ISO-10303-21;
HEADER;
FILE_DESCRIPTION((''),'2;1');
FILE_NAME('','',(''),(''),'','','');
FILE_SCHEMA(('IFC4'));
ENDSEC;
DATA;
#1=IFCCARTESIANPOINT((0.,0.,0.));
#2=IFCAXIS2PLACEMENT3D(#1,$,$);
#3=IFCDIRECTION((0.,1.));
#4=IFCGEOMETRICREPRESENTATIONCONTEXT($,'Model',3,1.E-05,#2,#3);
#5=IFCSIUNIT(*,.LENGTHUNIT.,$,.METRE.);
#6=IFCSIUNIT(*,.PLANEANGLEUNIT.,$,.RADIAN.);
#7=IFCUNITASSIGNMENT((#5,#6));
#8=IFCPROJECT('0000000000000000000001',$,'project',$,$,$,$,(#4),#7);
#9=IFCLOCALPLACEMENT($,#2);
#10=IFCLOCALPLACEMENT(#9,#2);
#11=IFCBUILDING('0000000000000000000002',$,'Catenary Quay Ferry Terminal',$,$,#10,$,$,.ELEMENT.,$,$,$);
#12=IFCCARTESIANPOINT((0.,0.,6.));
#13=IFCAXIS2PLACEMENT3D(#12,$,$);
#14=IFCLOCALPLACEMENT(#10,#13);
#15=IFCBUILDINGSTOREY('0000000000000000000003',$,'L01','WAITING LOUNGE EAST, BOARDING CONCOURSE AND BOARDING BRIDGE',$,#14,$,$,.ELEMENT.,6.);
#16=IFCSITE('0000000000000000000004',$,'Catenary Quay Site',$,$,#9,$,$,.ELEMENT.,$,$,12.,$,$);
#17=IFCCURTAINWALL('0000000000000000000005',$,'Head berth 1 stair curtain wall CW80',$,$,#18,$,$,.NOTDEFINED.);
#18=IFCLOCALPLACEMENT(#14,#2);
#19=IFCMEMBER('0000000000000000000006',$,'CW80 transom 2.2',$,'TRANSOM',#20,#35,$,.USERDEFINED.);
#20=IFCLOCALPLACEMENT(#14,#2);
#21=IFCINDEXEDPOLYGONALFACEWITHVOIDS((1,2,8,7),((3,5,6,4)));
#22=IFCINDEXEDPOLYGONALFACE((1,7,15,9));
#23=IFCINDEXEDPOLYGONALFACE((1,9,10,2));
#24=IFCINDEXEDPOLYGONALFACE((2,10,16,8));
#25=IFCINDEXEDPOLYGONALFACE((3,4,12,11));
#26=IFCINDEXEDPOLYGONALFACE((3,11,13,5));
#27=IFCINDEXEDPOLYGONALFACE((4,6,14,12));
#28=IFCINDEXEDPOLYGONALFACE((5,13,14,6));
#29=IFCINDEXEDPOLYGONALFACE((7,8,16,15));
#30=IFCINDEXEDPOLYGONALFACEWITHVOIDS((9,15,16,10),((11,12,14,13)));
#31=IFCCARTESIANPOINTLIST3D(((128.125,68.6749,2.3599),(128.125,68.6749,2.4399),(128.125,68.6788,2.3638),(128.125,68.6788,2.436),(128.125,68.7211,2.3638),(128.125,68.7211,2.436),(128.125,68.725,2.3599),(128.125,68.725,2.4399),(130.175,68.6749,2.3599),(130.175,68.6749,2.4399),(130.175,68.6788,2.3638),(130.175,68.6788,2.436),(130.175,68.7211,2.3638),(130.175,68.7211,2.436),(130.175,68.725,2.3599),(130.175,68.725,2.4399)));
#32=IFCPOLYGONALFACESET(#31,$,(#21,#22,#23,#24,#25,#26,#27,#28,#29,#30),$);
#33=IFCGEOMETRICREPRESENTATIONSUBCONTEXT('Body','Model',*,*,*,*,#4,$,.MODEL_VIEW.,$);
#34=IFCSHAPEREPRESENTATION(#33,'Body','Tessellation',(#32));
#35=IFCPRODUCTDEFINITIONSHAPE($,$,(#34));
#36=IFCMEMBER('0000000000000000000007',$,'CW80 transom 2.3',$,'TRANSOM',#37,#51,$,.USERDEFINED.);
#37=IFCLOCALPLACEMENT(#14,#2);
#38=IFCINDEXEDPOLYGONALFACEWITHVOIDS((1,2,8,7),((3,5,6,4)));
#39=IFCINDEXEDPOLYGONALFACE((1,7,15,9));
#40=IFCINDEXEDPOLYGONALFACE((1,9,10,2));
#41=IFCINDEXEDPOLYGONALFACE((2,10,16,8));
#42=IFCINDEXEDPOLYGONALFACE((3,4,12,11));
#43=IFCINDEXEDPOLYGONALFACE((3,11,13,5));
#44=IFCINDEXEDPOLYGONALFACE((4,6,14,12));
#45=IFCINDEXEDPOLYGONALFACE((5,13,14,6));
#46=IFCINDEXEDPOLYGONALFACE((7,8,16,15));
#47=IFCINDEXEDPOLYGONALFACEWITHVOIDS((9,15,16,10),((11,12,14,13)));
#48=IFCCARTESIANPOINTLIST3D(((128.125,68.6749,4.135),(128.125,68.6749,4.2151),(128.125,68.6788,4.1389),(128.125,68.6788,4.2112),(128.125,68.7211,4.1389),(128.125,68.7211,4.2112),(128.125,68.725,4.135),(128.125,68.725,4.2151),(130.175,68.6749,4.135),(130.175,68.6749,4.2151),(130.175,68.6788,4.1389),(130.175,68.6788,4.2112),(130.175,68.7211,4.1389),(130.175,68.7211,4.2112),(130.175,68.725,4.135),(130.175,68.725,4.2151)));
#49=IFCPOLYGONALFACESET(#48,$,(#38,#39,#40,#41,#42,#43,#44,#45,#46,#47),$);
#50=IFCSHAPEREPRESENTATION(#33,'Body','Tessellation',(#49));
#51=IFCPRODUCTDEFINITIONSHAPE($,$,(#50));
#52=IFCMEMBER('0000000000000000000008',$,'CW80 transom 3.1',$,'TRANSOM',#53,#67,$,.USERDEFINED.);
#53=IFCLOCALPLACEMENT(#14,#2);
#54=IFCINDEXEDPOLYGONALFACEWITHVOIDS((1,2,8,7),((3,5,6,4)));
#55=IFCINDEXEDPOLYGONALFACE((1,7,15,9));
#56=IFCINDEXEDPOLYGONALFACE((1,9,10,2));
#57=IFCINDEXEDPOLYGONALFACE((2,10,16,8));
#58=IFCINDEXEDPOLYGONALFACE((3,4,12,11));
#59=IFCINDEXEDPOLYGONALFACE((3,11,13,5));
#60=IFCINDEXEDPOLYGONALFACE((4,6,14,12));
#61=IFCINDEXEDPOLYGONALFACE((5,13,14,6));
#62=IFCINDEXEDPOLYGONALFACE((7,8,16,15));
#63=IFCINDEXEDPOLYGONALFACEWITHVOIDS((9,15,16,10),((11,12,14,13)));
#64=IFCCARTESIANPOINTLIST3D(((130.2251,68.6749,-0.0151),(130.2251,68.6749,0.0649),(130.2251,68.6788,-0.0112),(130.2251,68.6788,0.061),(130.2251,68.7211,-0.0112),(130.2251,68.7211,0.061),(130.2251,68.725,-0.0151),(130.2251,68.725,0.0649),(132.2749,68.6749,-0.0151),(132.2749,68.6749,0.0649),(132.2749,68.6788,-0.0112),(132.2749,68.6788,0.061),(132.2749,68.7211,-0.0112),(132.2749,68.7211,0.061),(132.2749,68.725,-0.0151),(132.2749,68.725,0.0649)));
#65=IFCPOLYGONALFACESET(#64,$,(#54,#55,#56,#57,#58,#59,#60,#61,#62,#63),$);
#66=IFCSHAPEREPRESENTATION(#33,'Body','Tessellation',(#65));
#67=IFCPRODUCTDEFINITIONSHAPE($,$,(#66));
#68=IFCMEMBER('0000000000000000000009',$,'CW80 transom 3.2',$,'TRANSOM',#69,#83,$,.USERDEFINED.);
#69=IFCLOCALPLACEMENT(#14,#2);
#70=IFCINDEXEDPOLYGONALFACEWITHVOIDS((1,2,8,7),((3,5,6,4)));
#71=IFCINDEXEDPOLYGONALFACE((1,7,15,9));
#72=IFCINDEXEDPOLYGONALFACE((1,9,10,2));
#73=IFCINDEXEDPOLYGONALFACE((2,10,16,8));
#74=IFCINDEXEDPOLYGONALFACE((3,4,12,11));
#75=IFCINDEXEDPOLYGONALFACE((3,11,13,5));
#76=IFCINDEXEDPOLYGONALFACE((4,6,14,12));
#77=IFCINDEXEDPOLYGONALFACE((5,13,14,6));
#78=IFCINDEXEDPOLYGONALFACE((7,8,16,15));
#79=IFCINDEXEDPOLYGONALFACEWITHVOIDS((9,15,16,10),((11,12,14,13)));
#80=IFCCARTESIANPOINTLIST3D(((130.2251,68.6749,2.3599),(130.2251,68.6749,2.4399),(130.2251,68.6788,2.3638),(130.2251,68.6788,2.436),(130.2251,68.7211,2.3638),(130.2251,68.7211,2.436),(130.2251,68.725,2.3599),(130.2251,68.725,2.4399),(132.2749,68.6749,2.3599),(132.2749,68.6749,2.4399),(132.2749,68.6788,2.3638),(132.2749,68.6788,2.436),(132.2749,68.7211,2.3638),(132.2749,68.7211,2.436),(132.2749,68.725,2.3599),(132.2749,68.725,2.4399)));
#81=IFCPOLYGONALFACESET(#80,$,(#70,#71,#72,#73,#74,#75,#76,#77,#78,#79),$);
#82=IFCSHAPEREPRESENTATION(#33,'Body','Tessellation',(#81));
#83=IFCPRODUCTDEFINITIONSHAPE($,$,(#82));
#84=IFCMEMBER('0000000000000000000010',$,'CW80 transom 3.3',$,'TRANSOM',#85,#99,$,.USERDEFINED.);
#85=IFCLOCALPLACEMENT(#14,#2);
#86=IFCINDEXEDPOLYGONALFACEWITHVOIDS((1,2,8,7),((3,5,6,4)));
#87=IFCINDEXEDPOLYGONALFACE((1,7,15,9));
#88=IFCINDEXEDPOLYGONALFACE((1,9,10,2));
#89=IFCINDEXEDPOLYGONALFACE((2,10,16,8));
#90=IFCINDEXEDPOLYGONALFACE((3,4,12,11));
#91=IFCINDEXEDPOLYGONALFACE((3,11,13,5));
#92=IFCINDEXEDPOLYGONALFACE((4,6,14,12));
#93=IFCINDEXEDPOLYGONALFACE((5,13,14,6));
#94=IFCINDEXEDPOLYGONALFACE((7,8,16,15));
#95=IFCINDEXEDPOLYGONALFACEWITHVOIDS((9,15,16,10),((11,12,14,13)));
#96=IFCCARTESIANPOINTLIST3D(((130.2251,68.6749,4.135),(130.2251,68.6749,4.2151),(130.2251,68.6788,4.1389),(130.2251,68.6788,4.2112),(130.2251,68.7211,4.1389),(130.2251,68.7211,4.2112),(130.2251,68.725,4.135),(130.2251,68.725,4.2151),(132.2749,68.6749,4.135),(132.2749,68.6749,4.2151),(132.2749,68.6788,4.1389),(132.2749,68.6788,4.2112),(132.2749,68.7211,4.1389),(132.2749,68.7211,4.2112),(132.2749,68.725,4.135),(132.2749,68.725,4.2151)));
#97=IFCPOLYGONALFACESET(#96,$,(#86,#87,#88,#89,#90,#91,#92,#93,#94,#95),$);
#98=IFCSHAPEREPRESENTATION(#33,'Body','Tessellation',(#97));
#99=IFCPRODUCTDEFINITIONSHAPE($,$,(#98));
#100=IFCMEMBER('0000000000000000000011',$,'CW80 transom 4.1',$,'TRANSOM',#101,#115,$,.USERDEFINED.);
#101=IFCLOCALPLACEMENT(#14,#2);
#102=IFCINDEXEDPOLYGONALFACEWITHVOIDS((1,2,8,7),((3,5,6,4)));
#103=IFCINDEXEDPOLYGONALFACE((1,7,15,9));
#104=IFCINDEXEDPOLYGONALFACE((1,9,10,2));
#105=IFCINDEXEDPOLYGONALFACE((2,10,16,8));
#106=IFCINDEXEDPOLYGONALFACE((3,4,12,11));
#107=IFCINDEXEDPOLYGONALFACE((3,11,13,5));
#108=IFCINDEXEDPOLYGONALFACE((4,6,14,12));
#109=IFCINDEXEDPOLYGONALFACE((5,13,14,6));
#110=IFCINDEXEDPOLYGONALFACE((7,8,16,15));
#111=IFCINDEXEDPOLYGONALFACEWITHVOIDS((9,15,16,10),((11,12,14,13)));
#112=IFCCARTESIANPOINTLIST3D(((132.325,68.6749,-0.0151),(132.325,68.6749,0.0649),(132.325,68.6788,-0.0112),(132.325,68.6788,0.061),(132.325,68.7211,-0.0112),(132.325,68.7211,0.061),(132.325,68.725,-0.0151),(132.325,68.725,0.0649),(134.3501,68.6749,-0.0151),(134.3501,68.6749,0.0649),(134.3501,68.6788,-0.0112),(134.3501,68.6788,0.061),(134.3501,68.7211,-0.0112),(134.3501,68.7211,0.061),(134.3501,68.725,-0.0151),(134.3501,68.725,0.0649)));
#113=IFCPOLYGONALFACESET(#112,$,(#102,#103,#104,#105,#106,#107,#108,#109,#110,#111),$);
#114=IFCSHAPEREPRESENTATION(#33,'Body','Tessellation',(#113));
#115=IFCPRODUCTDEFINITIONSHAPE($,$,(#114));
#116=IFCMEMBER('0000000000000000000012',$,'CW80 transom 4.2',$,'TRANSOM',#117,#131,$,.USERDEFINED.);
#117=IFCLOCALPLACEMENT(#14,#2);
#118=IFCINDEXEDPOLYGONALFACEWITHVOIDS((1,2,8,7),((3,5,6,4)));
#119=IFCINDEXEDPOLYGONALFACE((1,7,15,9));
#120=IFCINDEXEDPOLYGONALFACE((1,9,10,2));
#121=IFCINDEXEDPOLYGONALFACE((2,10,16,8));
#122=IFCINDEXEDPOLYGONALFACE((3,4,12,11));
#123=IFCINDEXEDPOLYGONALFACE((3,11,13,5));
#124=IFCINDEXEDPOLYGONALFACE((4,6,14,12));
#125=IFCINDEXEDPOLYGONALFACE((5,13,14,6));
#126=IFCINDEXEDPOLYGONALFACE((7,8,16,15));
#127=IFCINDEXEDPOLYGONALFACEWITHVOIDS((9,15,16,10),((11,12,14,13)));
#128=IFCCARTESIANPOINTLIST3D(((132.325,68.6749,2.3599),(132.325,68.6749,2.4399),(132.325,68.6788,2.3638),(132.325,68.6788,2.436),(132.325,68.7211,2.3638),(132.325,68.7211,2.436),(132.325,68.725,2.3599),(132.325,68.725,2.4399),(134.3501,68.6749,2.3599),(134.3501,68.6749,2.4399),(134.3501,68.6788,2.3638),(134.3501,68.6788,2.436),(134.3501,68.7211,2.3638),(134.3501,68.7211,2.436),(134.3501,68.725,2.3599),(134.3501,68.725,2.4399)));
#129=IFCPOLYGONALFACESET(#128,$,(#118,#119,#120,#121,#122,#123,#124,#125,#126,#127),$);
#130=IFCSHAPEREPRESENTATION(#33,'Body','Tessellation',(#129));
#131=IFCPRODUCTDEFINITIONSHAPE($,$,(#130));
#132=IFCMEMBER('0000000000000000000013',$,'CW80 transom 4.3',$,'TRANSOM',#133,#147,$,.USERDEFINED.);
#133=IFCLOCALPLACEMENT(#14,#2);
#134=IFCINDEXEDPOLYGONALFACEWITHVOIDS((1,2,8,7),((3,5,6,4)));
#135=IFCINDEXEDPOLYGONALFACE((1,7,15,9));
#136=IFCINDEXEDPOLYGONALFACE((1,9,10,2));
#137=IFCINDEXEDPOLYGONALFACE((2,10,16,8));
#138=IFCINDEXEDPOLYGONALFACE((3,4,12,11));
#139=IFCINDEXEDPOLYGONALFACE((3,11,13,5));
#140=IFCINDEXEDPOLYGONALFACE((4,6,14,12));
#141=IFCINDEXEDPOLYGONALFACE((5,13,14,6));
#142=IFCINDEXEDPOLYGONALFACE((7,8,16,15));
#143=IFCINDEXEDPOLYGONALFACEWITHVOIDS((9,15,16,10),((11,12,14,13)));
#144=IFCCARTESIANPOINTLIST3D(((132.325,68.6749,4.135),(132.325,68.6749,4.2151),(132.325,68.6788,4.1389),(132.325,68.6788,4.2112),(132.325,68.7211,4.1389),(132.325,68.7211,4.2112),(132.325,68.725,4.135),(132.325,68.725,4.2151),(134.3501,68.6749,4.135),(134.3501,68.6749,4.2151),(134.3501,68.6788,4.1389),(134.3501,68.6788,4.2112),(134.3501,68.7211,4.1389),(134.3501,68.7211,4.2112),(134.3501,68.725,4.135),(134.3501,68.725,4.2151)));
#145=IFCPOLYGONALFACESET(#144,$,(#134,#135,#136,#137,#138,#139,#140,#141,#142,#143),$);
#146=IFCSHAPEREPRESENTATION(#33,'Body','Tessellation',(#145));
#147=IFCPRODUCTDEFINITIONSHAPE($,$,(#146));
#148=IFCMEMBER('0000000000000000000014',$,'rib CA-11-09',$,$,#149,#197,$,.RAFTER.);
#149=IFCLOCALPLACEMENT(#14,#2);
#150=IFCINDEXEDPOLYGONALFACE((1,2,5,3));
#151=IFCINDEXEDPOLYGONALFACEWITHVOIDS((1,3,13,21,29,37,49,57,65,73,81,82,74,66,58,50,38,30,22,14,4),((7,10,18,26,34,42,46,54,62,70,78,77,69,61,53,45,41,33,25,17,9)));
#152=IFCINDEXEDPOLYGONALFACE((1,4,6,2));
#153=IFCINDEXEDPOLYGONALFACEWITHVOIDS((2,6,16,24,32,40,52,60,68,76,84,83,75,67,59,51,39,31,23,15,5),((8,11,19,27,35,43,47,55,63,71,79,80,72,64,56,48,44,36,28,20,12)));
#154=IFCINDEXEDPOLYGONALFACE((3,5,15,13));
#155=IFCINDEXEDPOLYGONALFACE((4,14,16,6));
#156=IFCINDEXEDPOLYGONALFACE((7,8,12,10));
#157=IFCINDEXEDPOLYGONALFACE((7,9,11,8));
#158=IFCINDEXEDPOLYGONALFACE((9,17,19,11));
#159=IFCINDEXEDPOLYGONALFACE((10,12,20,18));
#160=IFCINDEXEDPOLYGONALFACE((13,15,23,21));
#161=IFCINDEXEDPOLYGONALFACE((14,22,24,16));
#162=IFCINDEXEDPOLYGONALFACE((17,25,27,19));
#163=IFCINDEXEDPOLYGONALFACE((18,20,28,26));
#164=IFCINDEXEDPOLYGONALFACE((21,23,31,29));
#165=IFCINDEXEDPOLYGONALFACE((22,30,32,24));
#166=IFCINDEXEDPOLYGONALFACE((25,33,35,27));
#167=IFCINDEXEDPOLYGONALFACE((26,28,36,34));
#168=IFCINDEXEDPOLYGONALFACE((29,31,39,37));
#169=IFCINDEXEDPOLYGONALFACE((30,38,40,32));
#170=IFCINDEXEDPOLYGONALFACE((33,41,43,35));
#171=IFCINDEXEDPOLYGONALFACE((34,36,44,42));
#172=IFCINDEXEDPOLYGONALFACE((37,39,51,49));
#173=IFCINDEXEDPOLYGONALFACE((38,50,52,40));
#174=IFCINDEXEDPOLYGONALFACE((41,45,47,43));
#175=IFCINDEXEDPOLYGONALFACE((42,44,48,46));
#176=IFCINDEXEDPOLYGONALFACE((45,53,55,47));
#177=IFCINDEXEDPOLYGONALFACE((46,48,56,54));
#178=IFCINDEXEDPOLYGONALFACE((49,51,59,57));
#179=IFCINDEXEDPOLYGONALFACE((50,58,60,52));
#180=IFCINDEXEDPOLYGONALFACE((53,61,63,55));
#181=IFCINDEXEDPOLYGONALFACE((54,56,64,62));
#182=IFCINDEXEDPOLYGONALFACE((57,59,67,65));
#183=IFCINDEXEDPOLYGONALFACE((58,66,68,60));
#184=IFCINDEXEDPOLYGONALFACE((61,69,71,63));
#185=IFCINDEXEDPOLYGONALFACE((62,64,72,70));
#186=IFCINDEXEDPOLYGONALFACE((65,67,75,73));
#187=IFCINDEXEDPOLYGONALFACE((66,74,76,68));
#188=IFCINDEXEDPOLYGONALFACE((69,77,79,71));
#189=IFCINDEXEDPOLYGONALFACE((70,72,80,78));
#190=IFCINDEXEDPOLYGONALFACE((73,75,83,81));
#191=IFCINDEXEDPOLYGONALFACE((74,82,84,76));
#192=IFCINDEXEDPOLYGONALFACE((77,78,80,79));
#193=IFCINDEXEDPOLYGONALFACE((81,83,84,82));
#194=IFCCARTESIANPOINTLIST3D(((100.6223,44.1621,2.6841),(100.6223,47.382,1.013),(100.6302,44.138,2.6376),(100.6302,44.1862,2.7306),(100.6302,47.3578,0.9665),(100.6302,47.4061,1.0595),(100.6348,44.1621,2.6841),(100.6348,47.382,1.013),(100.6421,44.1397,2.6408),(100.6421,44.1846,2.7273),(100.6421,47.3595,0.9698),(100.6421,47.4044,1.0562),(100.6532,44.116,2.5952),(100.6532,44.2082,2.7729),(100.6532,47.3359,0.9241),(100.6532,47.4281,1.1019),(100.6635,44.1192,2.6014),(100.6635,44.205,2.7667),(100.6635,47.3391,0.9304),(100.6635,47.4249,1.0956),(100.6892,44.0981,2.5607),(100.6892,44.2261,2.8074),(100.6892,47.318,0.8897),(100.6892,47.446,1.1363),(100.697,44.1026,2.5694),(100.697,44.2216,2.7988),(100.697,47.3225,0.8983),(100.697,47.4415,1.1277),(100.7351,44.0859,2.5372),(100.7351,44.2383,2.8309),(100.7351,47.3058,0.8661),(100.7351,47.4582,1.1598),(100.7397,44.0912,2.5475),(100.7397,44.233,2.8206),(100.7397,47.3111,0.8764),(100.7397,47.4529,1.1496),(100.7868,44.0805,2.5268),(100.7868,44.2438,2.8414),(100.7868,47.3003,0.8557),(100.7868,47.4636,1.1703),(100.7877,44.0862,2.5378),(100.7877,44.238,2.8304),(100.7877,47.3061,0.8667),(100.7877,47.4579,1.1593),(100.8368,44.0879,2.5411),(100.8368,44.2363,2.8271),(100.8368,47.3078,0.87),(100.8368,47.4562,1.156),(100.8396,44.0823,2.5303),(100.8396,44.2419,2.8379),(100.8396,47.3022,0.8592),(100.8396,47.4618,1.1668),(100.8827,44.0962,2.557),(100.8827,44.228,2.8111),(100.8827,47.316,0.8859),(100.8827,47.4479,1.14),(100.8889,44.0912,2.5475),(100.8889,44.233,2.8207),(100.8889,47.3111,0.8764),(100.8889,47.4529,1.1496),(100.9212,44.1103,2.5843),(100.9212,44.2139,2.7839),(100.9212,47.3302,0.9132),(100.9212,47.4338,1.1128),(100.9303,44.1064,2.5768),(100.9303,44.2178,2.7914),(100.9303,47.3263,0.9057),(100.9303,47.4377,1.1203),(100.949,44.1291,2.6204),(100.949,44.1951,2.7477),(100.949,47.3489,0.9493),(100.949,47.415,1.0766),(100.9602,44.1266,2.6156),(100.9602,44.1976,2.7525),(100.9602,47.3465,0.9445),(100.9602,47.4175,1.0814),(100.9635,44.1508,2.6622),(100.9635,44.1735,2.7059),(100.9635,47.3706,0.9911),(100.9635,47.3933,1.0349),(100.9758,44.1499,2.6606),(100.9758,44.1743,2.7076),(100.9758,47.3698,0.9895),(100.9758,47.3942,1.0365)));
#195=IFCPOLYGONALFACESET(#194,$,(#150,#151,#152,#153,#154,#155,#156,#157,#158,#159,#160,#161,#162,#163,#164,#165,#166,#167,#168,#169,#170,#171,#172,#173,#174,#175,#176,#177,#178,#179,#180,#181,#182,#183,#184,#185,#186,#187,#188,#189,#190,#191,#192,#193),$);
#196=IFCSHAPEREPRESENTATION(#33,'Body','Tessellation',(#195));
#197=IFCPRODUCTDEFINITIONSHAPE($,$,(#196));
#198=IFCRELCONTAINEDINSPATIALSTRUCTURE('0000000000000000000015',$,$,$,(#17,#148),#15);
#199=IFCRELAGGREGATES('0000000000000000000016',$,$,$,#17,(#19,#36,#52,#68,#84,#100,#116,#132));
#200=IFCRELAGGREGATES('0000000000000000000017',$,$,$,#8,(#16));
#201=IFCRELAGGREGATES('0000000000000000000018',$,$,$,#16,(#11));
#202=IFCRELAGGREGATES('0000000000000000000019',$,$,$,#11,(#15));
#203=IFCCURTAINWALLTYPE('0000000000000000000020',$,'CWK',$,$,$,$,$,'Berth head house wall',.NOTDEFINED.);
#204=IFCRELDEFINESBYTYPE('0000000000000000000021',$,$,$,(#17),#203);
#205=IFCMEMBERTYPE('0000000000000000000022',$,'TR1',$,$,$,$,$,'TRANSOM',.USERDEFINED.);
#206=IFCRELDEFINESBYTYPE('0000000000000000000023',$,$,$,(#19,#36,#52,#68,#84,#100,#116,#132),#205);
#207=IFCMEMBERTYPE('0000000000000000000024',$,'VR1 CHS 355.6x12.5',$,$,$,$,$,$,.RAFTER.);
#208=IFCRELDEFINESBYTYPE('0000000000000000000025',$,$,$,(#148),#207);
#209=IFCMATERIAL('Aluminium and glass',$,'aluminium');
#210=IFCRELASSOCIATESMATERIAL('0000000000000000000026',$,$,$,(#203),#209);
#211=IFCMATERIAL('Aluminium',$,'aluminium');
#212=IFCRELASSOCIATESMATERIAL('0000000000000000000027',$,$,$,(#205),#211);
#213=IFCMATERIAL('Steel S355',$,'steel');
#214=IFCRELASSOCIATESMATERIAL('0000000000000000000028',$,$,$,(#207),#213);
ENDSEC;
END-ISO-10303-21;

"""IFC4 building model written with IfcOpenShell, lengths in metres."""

from ifc_helpers import new_model, si_unit, direction, frame, origin, origin_2d, place, context, subcontext, project, spatial, hollow_rectangle, hollow_circle, extrude, material, material_profile, profile_set, type_object, element, aggregate, save


model = new_model("IFC4")

# Units and contexts
model_context = context("Model", 3, precision=1e-05, world=origin(), true_north=direction((0.0, 1.0)))
body_context = subcontext(model_context, "Body", "Model", "MODEL_VIEW")
ifc_project = project(units=[si_unit("LENGTHUNIT", "METRE"), si_unit("PLANEANGLEUNIT", "RADIAN")], contexts=[model_context])

# Site, building, storey
site_placement = place(None, origin())
site = spatial("IfcSite", under=ifc_project, at=site_placement, Name="Catenary Quay Site", CompositionType="ELEMENT", RefElevation=12.0)
building_placement = place(site_placement, origin())
building = spatial("IfcBuilding", under=site, at=building_placement, Name="Catenary Quay Ferry Terminal", CompositionType="ELEMENT")
storey_placement = place(building_placement, frame((0.0, 0.0, 6.0)))
storey = spatial("IfcBuildingStorey", under=building, at=storey_placement, Name="L01", Description="WAITING LOUNGE EAST, BOARDING CONCOURSE AND BOARDING BRIDGE", CompositionType="ELEMENT", Elevation=6.0)

# Curtain wall
ifc_material_1 = material(Name="Aluminium and glass", Category="aluminium")
curtain_wall_type = type_object("IfcCurtainWallType", Name="CWK", ElementType="Berth head house wall", PredefinedType="NOTDEFINED", material=ifc_material_1)
curtain_wall_placement = place(storey_placement, origin())
curtain_wall = element("IfcCurtainWall", 1, at=curtain_wall_placement, inside=storey, type_object=curtain_wall_type, Name="Head berth 1 stair curtain wall CW80", PredefinedType="NOTDEFINED")

# Members
ifc_material_2 = material(Name="Aluminium", Category="aluminium")
ifc_material_profile_1 = material_profile(ifc_material_2, hollow_rectangle(XDim=0.05, YDim=0.0801, WallThickness=0.0039, at=origin_2d()), Name="TR1")
ifc_profile_set_1 = profile_set([ifc_material_profile_1], Name="Aluminium")
member_type_1 = type_object("IfcMemberType", Name="TR1", ElementType="TRANSOM", PredefinedType="USERDEFINED", material=ifc_profile_set_1)
member_1_placement = place(storey_placement, frame((128.125, 68.7, 2.3999), z_axis=(1.0, 0.0, 0.0), x_axis=(0.0, 1.0, 0.0)))
member_1 = element("IfcMember", 2, at=member_1_placement, type_object=member_type_1, Name="CW80 transom 2.2", ObjectType="TRANSOM", PredefinedType="USERDEFINED", context=body_context, shape_type="SweptSolid", body=[
    extrude(hollow_rectangle(XDim=0.05, YDim=0.0801, WallThickness=0.0039, at=origin_2d()), origin(), (0.0, 0.0, 1.0), 2.05),
])
member_2_placement = place(storey_placement, frame((128.125, 68.7, 4.175), z_axis=(1.0, 0.0, 0.0), x_axis=(0.0, 1.0, 0.0)))
member_2 = element("IfcMember", 3, at=member_2_placement, type_object=member_type_1, Name="CW80 transom 2.3", ObjectType="TRANSOM", PredefinedType="USERDEFINED", context=body_context, shape_type="SweptSolid", body=[
    extrude(hollow_rectangle(XDim=0.05, YDim=0.0801, WallThickness=0.0039, at=origin_2d()), origin(), (0.0, 0.0, 1.0), 2.05),
])
member_3_placement = place(storey_placement, frame((130.2251, 68.7, 0.0249), z_axis=(1.0, 0.0, 0.0), x_axis=(0.0, 1.0, 0.0)))
member_3 = element("IfcMember", 4, at=member_3_placement, type_object=member_type_1, Name="CW80 transom 3.1", ObjectType="TRANSOM", PredefinedType="USERDEFINED", context=body_context, shape_type="SweptSolid", body=[
    extrude(hollow_rectangle(XDim=0.05, YDim=0.0801, WallThickness=0.0039, at=origin_2d()), origin(), (0.0, 0.0, 1.0), 2.0498),
])
member_4_placement = place(storey_placement, frame((130.2251, 68.7, 2.3999), z_axis=(1.0, 0.0, 0.0), x_axis=(0.0, 1.0, 0.0)))
member_4 = element("IfcMember", 5, at=member_4_placement, type_object=member_type_1, Name="CW80 transom 3.2", ObjectType="TRANSOM", PredefinedType="USERDEFINED", context=body_context, shape_type="SweptSolid", body=[
    extrude(hollow_rectangle(XDim=0.05, YDim=0.0801, WallThickness=0.0039, at=origin_2d()), origin(), (0.0, 0.0, 1.0), 2.0498),
])
member_5_placement = place(storey_placement, frame((130.2251, 68.7, 4.175), z_axis=(1.0, 0.0, 0.0), x_axis=(0.0, 1.0, 0.0)))
member_5 = element("IfcMember", 6, at=member_5_placement, type_object=member_type_1, Name="CW80 transom 3.3", ObjectType="TRANSOM", PredefinedType="USERDEFINED", context=body_context, shape_type="SweptSolid", body=[
    extrude(hollow_rectangle(XDim=0.05, YDim=0.0801, WallThickness=0.0039, at=origin_2d()), origin(), (0.0, 0.0, 1.0), 2.0498),
])
member_6_placement = place(storey_placement, frame((132.325, 68.7, 0.0249), z_axis=(1.0, 0.0, 0.0), x_axis=(0.0, 1.0, 0.0)))
member_6 = element("IfcMember", 7, at=member_6_placement, type_object=member_type_1, Name="CW80 transom 4.1", ObjectType="TRANSOM", PredefinedType="USERDEFINED", context=body_context, shape_type="SweptSolid", body=[
    extrude(hollow_rectangle(XDim=0.05, YDim=0.0801, WallThickness=0.0039, at=origin_2d()), origin(), (0.0, 0.0, 1.0), 2.0251),
])
member_7_placement = place(storey_placement, frame((132.325, 68.7, 2.3999), z_axis=(1.0, 0.0, 0.0), x_axis=(0.0, 1.0, 0.0)))
member_7 = element("IfcMember", 8, at=member_7_placement, type_object=member_type_1, Name="CW80 transom 4.2", ObjectType="TRANSOM", PredefinedType="USERDEFINED", context=body_context, shape_type="SweptSolid", body=[
    extrude(hollow_rectangle(XDim=0.05, YDim=0.0801, WallThickness=0.0039, at=origin_2d()), origin(), (0.0, 0.0, 1.0), 2.0251),
])
member_8_placement = place(storey_placement, frame((132.325, 68.7, 4.175), z_axis=(1.0, 0.0, 0.0), x_axis=(0.0, 1.0, 0.0)))
member_8 = element("IfcMember", 9, at=member_8_placement, type_object=member_type_1, Name="CW80 transom 4.3", ObjectType="TRANSOM", PredefinedType="USERDEFINED", context=body_context, shape_type="SweptSolid", body=[
    extrude(hollow_rectangle(XDim=0.05, YDim=0.0801, WallThickness=0.0039, at=origin_2d()), origin(), (0.0, 0.0, 1.0), 2.0251),
])
ifc_material_3 = material(Name="Steel S355", Category="steel")
ifc_material_profile_2 = material_profile(ifc_material_3, hollow_circle(Radius=0.1777, WallThickness=0.0125, at=origin_2d()), Name="CHS 355.6x12.5")
ifc_profile_set_2 = profile_set([ifc_material_profile_2], Name="Steel S355")
member_type_2 = type_object("IfcMemberType", Name="VR1 CHS 355.6x12.5", PredefinedType="RAFTER", material=ifc_profile_set_2)
member_9_placement = place(storey_placement, frame((100.8, 44.1621, 2.6841), z_axis=(0.0, 0.887582, -0.460649), x_axis=(-1.0, 0.0, 0.0)))
element("IfcMember", 10, at=member_9_placement, inside=storey, type_object=member_type_2, Name="rib CA-11-09", PredefinedType="RAFTER", context=body_context, shape_type="SweptSolid", body=[
    extrude(hollow_circle(Radius=0.1777, WallThickness=0.0125, at=origin_2d()), origin(), (0.0, 0.0, 1.0), 3.6277),
])

aggregate(curtain_wall, [member_1, member_2, member_3, member_4, member_5, member_6, member_7, member_8])

save(model, "model.ifc")
